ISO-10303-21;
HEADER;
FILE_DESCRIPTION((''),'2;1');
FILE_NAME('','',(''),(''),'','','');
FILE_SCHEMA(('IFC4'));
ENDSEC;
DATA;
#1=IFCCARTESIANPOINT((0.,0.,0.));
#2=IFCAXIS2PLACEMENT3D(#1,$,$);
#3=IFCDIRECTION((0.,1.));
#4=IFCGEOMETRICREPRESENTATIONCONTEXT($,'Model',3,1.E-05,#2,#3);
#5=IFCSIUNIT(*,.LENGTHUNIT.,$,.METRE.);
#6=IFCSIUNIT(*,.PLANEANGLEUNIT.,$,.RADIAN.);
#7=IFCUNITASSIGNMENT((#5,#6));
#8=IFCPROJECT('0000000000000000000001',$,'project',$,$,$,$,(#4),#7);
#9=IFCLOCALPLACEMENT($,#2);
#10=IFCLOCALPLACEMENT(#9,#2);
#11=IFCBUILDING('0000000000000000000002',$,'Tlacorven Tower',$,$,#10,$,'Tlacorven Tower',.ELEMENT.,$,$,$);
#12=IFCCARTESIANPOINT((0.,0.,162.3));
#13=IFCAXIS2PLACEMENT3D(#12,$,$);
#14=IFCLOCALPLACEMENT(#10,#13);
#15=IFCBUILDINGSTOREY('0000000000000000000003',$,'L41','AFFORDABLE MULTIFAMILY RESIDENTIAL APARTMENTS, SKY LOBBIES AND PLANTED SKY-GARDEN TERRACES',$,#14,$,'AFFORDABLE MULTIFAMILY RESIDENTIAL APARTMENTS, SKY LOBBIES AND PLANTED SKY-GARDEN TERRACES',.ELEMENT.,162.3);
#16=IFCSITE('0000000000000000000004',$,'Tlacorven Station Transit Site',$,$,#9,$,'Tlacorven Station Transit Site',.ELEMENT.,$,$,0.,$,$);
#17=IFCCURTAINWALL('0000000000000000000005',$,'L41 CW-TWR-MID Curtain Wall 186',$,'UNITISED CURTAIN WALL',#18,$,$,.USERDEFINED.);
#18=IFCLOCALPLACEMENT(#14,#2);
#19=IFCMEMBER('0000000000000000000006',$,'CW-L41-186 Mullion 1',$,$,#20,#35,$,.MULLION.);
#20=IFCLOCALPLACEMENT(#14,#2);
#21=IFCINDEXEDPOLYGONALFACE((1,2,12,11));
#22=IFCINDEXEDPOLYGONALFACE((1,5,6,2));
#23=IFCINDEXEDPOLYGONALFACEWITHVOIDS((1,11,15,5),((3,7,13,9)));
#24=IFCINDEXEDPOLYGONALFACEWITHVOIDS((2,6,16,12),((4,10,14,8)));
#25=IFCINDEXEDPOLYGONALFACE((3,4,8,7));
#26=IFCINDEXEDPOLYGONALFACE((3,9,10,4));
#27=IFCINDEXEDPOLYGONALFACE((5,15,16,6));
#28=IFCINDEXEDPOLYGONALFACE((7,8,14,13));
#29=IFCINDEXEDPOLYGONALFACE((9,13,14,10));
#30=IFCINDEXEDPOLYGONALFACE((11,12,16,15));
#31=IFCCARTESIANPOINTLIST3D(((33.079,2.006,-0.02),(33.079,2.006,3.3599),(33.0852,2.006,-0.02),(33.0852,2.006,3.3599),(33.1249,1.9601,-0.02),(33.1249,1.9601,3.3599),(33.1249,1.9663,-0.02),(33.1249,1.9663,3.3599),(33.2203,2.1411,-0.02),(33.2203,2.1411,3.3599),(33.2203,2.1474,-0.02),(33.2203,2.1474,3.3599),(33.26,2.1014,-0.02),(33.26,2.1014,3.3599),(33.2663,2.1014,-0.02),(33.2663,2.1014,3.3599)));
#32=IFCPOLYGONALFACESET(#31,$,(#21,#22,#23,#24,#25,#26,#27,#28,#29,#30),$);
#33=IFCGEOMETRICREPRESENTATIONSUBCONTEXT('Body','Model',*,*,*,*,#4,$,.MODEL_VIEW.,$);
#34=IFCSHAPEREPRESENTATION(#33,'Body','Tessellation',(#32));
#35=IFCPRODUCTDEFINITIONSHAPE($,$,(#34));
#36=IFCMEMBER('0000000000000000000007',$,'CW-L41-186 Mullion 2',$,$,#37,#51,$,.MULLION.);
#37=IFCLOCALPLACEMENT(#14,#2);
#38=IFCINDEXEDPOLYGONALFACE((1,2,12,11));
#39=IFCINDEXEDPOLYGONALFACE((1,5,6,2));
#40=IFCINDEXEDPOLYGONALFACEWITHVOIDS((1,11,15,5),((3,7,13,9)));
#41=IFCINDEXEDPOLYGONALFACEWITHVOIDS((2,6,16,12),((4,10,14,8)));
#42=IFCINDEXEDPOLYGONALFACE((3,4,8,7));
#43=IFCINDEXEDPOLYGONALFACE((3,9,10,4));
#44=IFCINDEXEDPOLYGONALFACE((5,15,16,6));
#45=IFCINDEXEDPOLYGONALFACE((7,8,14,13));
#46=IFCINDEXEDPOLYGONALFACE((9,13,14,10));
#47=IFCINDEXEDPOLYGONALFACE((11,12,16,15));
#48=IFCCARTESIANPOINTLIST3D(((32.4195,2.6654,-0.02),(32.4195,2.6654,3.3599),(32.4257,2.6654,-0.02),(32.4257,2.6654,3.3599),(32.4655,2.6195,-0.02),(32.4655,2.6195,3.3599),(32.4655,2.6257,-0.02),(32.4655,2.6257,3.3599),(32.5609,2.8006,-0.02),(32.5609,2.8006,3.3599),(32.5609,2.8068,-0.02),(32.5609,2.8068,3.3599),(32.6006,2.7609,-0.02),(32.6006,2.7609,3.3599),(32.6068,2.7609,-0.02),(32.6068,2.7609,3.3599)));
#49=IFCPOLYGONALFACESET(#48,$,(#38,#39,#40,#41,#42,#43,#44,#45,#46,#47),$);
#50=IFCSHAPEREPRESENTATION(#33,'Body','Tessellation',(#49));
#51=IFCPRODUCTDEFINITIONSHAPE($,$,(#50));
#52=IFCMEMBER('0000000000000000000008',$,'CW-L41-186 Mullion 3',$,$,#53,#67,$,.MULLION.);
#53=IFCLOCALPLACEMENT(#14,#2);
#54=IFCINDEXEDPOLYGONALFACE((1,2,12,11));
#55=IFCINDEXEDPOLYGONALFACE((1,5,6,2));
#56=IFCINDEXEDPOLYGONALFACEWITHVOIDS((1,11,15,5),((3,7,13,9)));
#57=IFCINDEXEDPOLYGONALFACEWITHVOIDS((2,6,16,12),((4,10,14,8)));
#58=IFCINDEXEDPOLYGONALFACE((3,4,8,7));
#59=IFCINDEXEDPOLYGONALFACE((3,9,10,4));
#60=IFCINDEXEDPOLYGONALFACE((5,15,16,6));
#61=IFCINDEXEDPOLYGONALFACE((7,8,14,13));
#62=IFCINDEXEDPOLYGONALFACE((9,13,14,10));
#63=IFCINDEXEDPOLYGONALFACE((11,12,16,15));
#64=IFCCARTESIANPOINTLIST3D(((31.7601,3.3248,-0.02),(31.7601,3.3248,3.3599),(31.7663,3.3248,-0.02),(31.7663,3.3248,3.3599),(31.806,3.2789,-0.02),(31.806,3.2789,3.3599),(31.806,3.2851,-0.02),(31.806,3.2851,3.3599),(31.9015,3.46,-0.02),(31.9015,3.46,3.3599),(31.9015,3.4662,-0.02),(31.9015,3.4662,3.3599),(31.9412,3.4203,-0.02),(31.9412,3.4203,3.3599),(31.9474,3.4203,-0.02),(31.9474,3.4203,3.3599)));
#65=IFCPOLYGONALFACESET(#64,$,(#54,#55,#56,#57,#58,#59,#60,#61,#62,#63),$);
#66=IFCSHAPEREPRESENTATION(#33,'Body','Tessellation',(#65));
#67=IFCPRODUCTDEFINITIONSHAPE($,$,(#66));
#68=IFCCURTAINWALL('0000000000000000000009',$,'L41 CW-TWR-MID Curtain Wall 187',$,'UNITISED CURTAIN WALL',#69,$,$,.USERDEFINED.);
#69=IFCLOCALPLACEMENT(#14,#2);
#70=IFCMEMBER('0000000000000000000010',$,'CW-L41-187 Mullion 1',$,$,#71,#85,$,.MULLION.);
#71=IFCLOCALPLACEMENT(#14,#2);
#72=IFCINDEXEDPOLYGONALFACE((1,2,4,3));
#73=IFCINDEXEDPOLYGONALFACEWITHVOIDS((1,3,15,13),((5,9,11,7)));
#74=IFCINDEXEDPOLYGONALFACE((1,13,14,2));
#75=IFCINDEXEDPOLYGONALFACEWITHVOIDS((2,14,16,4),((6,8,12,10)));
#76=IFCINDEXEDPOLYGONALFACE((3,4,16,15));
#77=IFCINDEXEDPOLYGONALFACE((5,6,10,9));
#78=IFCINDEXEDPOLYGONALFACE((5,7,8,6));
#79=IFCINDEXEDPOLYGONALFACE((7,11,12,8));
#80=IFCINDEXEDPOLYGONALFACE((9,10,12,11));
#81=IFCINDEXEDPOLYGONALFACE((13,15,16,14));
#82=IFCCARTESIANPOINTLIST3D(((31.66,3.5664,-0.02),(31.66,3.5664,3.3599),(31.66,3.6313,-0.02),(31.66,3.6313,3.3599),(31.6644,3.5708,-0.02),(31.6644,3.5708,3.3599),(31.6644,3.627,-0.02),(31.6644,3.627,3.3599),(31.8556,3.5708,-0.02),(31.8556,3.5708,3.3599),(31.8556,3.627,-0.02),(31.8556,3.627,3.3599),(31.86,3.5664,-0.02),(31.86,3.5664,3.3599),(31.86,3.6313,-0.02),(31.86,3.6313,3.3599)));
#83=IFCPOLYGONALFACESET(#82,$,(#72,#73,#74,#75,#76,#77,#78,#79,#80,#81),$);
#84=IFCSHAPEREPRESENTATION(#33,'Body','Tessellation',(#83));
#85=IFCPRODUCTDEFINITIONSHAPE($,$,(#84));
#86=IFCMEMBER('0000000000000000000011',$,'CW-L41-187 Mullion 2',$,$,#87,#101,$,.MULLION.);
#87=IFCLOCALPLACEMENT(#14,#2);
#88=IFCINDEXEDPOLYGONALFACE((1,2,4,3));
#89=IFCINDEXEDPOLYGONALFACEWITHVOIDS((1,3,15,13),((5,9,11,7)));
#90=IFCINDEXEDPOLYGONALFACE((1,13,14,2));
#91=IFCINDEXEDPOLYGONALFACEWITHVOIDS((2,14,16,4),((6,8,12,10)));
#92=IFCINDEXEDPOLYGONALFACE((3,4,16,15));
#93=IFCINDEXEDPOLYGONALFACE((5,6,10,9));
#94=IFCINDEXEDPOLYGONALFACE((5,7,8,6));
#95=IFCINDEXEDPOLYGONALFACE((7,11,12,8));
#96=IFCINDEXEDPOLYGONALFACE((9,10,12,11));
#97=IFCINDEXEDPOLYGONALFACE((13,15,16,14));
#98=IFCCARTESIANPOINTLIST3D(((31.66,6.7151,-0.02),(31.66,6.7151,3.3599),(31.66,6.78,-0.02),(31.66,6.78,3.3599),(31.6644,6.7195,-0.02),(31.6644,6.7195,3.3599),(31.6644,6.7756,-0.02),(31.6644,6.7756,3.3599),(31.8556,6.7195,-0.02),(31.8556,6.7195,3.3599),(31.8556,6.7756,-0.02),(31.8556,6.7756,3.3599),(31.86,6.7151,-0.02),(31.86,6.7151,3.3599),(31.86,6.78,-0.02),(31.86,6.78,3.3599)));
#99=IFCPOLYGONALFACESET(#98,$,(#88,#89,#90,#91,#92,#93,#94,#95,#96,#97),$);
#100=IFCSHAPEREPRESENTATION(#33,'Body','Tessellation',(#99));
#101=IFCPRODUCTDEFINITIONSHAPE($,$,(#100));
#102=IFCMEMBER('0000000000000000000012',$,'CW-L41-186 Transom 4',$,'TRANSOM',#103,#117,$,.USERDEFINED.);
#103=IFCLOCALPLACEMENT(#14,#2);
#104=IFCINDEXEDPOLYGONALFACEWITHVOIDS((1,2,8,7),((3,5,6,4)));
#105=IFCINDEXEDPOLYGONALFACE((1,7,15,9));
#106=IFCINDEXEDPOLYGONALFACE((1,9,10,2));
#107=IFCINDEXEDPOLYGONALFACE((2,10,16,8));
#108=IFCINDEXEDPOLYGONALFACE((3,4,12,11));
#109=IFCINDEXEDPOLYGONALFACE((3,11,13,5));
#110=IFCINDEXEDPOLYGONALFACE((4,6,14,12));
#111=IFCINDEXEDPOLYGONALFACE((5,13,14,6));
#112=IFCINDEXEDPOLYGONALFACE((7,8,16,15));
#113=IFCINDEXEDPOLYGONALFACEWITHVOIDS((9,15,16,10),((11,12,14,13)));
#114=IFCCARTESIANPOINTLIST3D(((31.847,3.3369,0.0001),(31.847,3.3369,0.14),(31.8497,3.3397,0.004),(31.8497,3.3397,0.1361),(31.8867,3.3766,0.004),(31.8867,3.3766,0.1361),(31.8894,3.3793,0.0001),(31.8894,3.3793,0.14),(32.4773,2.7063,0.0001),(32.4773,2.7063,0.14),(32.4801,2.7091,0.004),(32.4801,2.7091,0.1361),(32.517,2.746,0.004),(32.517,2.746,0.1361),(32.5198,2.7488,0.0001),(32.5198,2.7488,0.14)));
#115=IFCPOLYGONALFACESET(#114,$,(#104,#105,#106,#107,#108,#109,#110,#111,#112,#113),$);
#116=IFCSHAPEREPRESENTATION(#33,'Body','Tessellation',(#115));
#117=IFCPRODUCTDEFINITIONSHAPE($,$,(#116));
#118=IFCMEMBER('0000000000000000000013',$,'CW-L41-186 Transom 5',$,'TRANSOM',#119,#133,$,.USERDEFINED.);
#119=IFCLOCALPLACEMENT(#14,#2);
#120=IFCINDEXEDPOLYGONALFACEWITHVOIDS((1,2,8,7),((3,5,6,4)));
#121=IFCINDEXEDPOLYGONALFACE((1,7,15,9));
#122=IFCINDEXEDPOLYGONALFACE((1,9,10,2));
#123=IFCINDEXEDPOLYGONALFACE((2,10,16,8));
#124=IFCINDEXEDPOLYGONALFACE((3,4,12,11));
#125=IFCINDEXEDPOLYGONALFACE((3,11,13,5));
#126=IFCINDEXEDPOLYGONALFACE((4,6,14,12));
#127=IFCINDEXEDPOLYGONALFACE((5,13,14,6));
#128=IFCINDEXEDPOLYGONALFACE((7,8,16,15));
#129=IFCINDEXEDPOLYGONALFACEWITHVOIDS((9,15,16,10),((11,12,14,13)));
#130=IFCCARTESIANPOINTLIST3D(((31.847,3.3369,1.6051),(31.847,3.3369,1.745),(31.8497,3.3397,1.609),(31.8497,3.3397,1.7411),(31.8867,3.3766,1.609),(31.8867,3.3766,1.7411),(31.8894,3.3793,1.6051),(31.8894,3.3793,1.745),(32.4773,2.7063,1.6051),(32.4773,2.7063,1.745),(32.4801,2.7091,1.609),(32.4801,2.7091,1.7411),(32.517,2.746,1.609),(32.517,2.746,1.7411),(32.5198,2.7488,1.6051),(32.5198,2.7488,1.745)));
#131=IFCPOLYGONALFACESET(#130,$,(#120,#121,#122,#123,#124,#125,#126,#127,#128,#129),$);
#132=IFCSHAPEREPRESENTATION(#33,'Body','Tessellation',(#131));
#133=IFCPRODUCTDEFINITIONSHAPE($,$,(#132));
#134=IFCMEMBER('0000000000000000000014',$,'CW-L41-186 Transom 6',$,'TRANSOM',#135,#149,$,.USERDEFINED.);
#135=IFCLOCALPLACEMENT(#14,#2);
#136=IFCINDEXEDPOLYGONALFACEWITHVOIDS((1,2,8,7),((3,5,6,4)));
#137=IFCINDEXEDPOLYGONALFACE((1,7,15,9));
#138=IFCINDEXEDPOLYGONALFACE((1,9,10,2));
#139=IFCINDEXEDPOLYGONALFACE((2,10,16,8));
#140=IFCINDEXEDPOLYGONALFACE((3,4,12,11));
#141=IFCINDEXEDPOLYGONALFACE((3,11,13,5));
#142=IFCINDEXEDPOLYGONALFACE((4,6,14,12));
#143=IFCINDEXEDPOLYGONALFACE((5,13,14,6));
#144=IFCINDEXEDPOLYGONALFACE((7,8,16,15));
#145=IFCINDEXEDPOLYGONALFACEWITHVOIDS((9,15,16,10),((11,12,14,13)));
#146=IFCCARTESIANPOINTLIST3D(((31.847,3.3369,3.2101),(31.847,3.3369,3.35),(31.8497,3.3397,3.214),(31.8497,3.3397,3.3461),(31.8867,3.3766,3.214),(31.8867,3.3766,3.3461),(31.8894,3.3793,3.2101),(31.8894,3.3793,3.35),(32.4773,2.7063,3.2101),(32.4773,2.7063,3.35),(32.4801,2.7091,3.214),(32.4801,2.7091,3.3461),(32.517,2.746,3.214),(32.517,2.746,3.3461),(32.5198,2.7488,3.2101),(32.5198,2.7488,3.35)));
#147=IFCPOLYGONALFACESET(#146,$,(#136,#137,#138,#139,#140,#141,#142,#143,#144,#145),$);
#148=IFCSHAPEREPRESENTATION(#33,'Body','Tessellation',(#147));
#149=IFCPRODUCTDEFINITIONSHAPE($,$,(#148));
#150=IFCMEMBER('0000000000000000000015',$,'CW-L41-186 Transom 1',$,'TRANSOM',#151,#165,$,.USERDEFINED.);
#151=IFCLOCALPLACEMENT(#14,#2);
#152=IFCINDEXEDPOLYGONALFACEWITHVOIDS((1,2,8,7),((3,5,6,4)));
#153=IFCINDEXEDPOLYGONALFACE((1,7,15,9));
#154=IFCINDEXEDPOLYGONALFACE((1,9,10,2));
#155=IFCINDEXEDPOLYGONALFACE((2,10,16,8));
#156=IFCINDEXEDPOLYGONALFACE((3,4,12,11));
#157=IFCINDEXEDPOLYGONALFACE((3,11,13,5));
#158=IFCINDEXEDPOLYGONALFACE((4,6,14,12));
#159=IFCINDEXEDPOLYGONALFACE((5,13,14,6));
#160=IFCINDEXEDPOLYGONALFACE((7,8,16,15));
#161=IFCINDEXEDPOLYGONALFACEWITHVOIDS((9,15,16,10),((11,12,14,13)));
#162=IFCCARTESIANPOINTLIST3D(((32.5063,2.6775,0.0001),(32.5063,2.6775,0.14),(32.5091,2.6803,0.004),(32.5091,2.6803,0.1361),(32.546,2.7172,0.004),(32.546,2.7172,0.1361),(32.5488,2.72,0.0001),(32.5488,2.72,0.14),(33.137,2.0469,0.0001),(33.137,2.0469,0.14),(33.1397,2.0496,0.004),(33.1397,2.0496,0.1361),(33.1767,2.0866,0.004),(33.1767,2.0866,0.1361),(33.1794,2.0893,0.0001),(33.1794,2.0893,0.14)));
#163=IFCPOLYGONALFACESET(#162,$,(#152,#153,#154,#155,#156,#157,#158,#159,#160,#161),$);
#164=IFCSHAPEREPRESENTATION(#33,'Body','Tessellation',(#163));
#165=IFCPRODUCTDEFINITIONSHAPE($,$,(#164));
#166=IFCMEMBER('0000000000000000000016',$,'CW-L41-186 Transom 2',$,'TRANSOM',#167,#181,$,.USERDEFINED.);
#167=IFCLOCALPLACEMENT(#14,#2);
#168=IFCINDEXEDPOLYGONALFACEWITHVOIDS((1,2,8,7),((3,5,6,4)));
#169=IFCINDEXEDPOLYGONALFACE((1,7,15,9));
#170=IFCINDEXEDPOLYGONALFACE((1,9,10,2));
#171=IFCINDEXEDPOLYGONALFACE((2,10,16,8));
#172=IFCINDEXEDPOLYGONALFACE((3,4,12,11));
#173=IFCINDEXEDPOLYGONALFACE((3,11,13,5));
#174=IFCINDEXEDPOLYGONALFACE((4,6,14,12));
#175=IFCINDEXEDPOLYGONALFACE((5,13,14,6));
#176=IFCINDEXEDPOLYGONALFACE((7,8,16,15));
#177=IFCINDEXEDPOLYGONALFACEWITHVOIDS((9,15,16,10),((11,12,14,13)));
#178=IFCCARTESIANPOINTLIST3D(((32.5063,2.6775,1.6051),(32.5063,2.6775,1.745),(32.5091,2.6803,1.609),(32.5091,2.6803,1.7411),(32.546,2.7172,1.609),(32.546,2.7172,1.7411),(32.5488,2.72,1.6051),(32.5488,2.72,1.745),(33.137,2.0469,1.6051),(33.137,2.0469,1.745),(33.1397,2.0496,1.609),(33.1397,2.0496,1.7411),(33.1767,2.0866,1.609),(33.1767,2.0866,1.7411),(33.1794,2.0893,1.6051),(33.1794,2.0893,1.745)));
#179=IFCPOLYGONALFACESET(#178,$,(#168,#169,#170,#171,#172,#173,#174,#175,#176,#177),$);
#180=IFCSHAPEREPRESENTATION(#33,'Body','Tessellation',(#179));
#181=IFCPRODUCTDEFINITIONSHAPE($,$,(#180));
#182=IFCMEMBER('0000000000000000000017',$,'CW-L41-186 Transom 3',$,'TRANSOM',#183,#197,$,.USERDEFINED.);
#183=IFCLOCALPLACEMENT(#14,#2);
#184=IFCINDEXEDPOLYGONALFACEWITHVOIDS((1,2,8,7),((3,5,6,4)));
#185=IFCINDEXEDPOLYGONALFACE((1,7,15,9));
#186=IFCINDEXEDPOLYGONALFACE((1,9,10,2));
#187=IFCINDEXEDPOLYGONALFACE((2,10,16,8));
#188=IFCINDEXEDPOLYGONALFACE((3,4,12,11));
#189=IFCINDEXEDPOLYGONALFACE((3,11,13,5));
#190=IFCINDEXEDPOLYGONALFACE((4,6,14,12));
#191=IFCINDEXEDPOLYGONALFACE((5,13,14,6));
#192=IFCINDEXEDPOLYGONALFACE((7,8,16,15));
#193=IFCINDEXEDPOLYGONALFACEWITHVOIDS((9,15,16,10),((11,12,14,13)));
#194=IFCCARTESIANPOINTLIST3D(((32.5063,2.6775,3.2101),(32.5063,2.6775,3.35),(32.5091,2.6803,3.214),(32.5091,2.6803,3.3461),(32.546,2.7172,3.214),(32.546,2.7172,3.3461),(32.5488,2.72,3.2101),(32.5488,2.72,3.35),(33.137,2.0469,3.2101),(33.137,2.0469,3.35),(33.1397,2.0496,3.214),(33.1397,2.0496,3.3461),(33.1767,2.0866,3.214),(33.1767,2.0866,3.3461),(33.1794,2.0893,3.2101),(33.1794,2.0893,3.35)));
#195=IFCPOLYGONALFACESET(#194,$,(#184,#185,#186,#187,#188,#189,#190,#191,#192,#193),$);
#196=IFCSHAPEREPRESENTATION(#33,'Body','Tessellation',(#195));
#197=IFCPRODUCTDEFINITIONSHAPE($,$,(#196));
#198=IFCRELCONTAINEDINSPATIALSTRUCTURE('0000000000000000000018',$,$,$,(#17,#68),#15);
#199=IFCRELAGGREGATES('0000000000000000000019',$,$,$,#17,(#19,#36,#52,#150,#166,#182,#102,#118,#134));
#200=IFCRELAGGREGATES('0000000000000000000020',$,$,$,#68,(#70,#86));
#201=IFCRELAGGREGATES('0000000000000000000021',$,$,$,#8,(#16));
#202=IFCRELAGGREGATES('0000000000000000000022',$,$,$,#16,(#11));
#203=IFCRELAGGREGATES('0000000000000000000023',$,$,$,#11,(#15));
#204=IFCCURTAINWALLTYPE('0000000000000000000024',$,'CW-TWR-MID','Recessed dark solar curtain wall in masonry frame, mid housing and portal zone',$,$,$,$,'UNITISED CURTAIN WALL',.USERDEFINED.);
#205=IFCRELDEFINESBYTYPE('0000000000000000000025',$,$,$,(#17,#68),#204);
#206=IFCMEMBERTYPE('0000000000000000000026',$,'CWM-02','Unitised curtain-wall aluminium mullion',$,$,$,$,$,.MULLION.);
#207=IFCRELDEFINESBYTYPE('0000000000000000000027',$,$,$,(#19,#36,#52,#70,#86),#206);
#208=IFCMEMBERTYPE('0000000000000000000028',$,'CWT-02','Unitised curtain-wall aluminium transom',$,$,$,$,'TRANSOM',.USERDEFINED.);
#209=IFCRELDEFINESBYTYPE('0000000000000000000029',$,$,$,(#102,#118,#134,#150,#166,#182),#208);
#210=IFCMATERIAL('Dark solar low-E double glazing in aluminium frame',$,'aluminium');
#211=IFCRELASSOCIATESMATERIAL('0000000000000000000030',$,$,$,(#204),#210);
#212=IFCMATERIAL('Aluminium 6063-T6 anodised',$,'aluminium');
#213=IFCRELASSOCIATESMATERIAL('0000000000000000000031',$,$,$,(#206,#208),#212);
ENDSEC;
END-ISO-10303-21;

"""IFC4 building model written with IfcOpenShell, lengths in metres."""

from ifc_helpers import new_model, si_unit, direction, frame, origin, origin_2d, place, context, subcontext, project, spatial, hollow_rectangle, extrude, source, transform, mapped, material, material_profile, profile_set, type_object, element, aggregate, save


model = new_model("IFC4")

# Units and contexts
model_context = context("Model", 3, precision=1e-05, world=origin(), true_north=direction((0.0, 1.0)))
body_context = subcontext(model_context, "Body", "Model", "MODEL_VIEW")
ifc_project = project(units=[si_unit("LENGTHUNIT", "METRE"), si_unit("PLANEANGLEUNIT", "RADIAN")], contexts=[model_context])

# Site, building, storey
site_placement = place(None, origin())
site = spatial("IfcSite", under=ifc_project, at=site_placement, Name="Tlacorven Station Transit Site", LongName="Tlacorven Station Transit Site", CompositionType="ELEMENT", RefElevation=0.0)
building_placement = place(site_placement, origin())
building = spatial("IfcBuilding", under=site, at=building_placement, Name="Tlacorven Tower", LongName="Tlacorven Tower", CompositionType="ELEMENT")
storey_placement = place(building_placement, frame((0.0, 0.0, 162.3)))
storey = spatial("IfcBuildingStorey", under=building, at=storey_placement, Name="L41", Description="AFFORDABLE MULTIFAMILY RESIDENTIAL APARTMENTS, SKY LOBBIES AND PLANTED SKY-GARDEN TERRACES", LongName="AFFORDABLE MULTIFAMILY RESIDENTIAL APARTMENTS, SKY LOBBIES AND PLANTED SKY-GARDEN TERRACES", CompositionType="ELEMENT", Elevation=162.3)

# Curtain walls, members
ifc_material_1 = material(Name="Dark solar low-E double glazing in aluminium frame", Category="aluminium")
curtain_wall_type = type_object("IfcCurtainWallType", Name="CW-TWR-MID", Description="Recessed dark solar curtain wall in masonry frame, mid housing and portal zone", ElementType="UNITISED CURTAIN WALL", PredefinedType="USERDEFINED", material=ifc_material_1)
curtain_wall_1_placement = place(storey_placement, origin())
curtain_wall_1 = element("IfcCurtainWall", 1, at=curtain_wall_1_placement, inside=storey, type_object=curtain_wall_type, Name="L41 CW-TWR-MID Curtain Wall 186", ObjectType="UNITISED CURTAIN WALL", PredefinedType="USERDEFINED")
ifc_material_2 = material(Name="Aluminium 6063-T6 anodised", Category="aluminium")
ifc_material_profile_1 = material_profile(ifc_material_2, hollow_rectangle(XDim=0.0649, YDim=0.2, WallThickness=0.0044, at=origin_2d()), Name="ALU MULLION 65X200")
ifc_profile_set_1 = profile_set([ifc_material_profile_1], Name="Aluminium 6063-T6 anodised")
member_type_1 = type_object("IfcMemberType", Name="CWM-02", Description="Unitised curtain-wall aluminium mullion", PredefinedType="MULLION", material=ifc_profile_set_1)
shared_shape_1 = source(origin(), body_context, "Body", "SweptSolid", [
    extrude(hollow_rectangle(XDim=0.0649, YDim=0.2, WallThickness=0.0044, at=origin_2d()), origin(), (0.0, 0.0, 1.0), 3.3799),
])
member_1_placement = place(storey_placement, frame((33.1726, 2.0537, -0.02), z_axis=(0.0, 0.0, 1.0), x_axis=(-0.707107, 0.707107, 0.0)))
member_1 = element("IfcMember", 2, at=member_1_placement, type_object=member_type_1, Name="CW-L41-186 Mullion 1", PredefinedType="MULLION", context=body_context, shape_type="MappedRepresentation", body=[
    mapped(shared_shape_1, transform((0.0, 0.0, 0.0), scale=1.0)),
])
member_2_placement = place(storey_placement, frame((32.5132, 2.7131, -0.02), z_axis=(0.0, 0.0, 1.0), x_axis=(-0.707107, 0.707107, 0.0)))
member_2 = element("IfcMember", 3, at=member_2_placement, type_object=member_type_1, Name="CW-L41-186 Mullion 2", PredefinedType="MULLION", context=body_context, shape_type="MappedRepresentation", body=[
    mapped(shared_shape_1, transform((0.0, 0.0, 0.0), scale=1.0)),
])
member_3_placement = place(storey_placement, frame((31.8538, 3.3726, -0.02), z_axis=(0.0, 0.0, 1.0), x_axis=(-0.707107, 0.707107, 0.0)))
member_3 = element("IfcMember", 4, at=member_3_placement, type_object=member_type_1, Name="CW-L41-186 Mullion 3", PredefinedType="MULLION", context=body_context, shape_type="MappedRepresentation", body=[
    mapped(shared_shape_1, transform((0.0, 0.0, 0.0), scale=1.0)),
])
curtain_wall_2_placement = place(storey_placement, origin())
curtain_wall_2 = element("IfcCurtainWall", 5, at=curtain_wall_2_placement, inside=storey, type_object=curtain_wall_type, Name="L41 CW-TWR-MID Curtain Wall 187", ObjectType="UNITISED CURTAIN WALL", PredefinedType="USERDEFINED")
member_4_placement = place(storey_placement, frame((31.76, 3.5989, -0.02), z_axis=(0.0, 0.0, 1.0), x_axis=(0.0, 1.0, 0.0)))
member_4 = element("IfcMember", 6, at=member_4_placement, type_object=member_type_1, Name="CW-L41-187 Mullion 1", PredefinedType="MULLION", context=body_context, shape_type="MappedRepresentation", body=[
    mapped(shared_shape_1, transform((0.0, 0.0, 0.0), scale=1.0)),
])
member_5_placement = place(storey_placement, frame((31.76, 6.7476, -0.02), z_axis=(0.0, 0.0, 1.0), x_axis=(0.0, 1.0, 0.0)))
member_5 = element("IfcMember", 7, at=member_5_placement, type_object=member_type_1, Name="CW-L41-187 Mullion 2", PredefinedType="MULLION", context=body_context, shape_type="MappedRepresentation", body=[
    mapped(shared_shape_1, transform((0.0, 0.0, 0.0), scale=1.0)),
])

# Members
ifc_material_profile_2 = material_profile(ifc_material_2, hollow_rectangle(XDim=0.0601, YDim=0.1399, WallThickness=0.0039, at=origin_2d()), Name="ALU TRANSOM 60X140")
ifc_profile_set_2 = profile_set([ifc_material_profile_2], Name="Aluminium 6063-T6 anodised")
member_type_2 = type_object("IfcMemberType", Name="CWT-02", Description="Unitised curtain-wall aluminium transom", ElementType="TRANSOM", PredefinedType="USERDEFINED", material=ifc_profile_set_2)
shared_shape_2 = source(origin(), body_context, "Body", "SweptSolid", [
    extrude(hollow_rectangle(XDim=0.0601, YDim=0.1399, WallThickness=0.0039, at=origin_2d()), origin(), (0.0, 0.0, 1.0), 0.8916),
])
member_6_placement = place(storey_placement, frame((32.4985, 2.7275, 0.0701), z_axis=(-0.70697, 0.707244, 0.0), x_axis=(-0.707244, -0.70697, 0.0)))
member_6 = element("IfcMember", 8, at=member_6_placement, type_object=member_type_2, Name="CW-L41-186 Transom 4", ObjectType="TRANSOM", PredefinedType="USERDEFINED", context=body_context, shape_type="MappedRepresentation", body=[
    mapped(shared_shape_2, transform((0.0, 0.0, 0.0), scale=1.0)),
])
member_7_placement = place(storey_placement, frame((32.4985, 2.7275, 1.675), z_axis=(-0.70697, 0.707244, 0.0), x_axis=(-0.707244, -0.70697, 0.0)))
member_7 = element("IfcMember", 9, at=member_7_placement, type_object=member_type_2, Name="CW-L41-186 Transom 5", ObjectType="TRANSOM", PredefinedType="USERDEFINED", context=body_context, shape_type="MappedRepresentation", body=[
    mapped(shared_shape_2, transform((0.0, 0.0, 0.0), scale=1.0)),
])
member_8_placement = place(storey_placement, frame((32.4985, 2.7275, 3.28), z_axis=(-0.70697, 0.707244, 0.0), x_axis=(-0.707244, -0.70697, 0.0)))
member_8 = element("IfcMember", 10, at=member_8_placement, type_object=member_type_2, Name="CW-L41-186 Transom 6", ObjectType="TRANSOM", PredefinedType="USERDEFINED", context=body_context, shape_type="MappedRepresentation", body=[
    mapped(shared_shape_2, transform((0.0, 0.0, 0.0), scale=1.0)),
])
shared_shape_3 = source(origin(), body_context, "Body", "SweptSolid", [
    extrude(hollow_rectangle(XDim=0.0601, YDim=0.1399, WallThickness=0.0039, at=origin_2d()), origin(), (0.0, 0.0, 1.0), 0.8918),
])
member_9_placement = place(storey_placement, frame((33.1582, 2.0681, 0.0701), z_axis=(-0.707107, 0.707107, 0.0), x_axis=(-0.707107, -0.707107, 0.0)))
member_9 = element("IfcMember", 11, at=member_9_placement, type_object=member_type_2, Name="CW-L41-186 Transom 1", ObjectType="TRANSOM", PredefinedType="USERDEFINED", context=body_context, shape_type="MappedRepresentation", body=[
    mapped(shared_shape_3, transform((0.0, 0.0, 0.0), scale=1.0)),
])
member_10_placement = place(storey_placement, frame((33.1582, 2.0681, 1.675), z_axis=(-0.707107, 0.707107, 0.0), x_axis=(-0.707107, -0.707107, 0.0)))
member_10 = element("IfcMember", 12, at=member_10_placement, type_object=member_type_2, Name="CW-L41-186 Transom 2", ObjectType="TRANSOM", PredefinedType="USERDEFINED", context=body_context, shape_type="MappedRepresentation", body=[
    mapped(shared_shape_3, transform((0.0, 0.0, 0.0), scale=1.0)),
])
member_11_placement = place(storey_placement, frame((33.1582, 2.0681, 3.28), z_axis=(-0.707107, 0.707107, 0.0), x_axis=(-0.707107, -0.707107, 0.0)))
member_11 = element("IfcMember", 13, at=member_11_placement, type_object=member_type_2, Name="CW-L41-186 Transom 3", ObjectType="TRANSOM", PredefinedType="USERDEFINED", context=body_context, shape_type="MappedRepresentation", body=[
    mapped(shared_shape_3, transform((0.0, 0.0, 0.0), scale=1.0)),
])

aggregate(curtain_wall_1, [member_1, member_2, member_3, member_9, member_10, member_11, member_6, member_7, member_8])
aggregate(curtain_wall_2, [member_4, member_5])

save(model, "model.ifc")
